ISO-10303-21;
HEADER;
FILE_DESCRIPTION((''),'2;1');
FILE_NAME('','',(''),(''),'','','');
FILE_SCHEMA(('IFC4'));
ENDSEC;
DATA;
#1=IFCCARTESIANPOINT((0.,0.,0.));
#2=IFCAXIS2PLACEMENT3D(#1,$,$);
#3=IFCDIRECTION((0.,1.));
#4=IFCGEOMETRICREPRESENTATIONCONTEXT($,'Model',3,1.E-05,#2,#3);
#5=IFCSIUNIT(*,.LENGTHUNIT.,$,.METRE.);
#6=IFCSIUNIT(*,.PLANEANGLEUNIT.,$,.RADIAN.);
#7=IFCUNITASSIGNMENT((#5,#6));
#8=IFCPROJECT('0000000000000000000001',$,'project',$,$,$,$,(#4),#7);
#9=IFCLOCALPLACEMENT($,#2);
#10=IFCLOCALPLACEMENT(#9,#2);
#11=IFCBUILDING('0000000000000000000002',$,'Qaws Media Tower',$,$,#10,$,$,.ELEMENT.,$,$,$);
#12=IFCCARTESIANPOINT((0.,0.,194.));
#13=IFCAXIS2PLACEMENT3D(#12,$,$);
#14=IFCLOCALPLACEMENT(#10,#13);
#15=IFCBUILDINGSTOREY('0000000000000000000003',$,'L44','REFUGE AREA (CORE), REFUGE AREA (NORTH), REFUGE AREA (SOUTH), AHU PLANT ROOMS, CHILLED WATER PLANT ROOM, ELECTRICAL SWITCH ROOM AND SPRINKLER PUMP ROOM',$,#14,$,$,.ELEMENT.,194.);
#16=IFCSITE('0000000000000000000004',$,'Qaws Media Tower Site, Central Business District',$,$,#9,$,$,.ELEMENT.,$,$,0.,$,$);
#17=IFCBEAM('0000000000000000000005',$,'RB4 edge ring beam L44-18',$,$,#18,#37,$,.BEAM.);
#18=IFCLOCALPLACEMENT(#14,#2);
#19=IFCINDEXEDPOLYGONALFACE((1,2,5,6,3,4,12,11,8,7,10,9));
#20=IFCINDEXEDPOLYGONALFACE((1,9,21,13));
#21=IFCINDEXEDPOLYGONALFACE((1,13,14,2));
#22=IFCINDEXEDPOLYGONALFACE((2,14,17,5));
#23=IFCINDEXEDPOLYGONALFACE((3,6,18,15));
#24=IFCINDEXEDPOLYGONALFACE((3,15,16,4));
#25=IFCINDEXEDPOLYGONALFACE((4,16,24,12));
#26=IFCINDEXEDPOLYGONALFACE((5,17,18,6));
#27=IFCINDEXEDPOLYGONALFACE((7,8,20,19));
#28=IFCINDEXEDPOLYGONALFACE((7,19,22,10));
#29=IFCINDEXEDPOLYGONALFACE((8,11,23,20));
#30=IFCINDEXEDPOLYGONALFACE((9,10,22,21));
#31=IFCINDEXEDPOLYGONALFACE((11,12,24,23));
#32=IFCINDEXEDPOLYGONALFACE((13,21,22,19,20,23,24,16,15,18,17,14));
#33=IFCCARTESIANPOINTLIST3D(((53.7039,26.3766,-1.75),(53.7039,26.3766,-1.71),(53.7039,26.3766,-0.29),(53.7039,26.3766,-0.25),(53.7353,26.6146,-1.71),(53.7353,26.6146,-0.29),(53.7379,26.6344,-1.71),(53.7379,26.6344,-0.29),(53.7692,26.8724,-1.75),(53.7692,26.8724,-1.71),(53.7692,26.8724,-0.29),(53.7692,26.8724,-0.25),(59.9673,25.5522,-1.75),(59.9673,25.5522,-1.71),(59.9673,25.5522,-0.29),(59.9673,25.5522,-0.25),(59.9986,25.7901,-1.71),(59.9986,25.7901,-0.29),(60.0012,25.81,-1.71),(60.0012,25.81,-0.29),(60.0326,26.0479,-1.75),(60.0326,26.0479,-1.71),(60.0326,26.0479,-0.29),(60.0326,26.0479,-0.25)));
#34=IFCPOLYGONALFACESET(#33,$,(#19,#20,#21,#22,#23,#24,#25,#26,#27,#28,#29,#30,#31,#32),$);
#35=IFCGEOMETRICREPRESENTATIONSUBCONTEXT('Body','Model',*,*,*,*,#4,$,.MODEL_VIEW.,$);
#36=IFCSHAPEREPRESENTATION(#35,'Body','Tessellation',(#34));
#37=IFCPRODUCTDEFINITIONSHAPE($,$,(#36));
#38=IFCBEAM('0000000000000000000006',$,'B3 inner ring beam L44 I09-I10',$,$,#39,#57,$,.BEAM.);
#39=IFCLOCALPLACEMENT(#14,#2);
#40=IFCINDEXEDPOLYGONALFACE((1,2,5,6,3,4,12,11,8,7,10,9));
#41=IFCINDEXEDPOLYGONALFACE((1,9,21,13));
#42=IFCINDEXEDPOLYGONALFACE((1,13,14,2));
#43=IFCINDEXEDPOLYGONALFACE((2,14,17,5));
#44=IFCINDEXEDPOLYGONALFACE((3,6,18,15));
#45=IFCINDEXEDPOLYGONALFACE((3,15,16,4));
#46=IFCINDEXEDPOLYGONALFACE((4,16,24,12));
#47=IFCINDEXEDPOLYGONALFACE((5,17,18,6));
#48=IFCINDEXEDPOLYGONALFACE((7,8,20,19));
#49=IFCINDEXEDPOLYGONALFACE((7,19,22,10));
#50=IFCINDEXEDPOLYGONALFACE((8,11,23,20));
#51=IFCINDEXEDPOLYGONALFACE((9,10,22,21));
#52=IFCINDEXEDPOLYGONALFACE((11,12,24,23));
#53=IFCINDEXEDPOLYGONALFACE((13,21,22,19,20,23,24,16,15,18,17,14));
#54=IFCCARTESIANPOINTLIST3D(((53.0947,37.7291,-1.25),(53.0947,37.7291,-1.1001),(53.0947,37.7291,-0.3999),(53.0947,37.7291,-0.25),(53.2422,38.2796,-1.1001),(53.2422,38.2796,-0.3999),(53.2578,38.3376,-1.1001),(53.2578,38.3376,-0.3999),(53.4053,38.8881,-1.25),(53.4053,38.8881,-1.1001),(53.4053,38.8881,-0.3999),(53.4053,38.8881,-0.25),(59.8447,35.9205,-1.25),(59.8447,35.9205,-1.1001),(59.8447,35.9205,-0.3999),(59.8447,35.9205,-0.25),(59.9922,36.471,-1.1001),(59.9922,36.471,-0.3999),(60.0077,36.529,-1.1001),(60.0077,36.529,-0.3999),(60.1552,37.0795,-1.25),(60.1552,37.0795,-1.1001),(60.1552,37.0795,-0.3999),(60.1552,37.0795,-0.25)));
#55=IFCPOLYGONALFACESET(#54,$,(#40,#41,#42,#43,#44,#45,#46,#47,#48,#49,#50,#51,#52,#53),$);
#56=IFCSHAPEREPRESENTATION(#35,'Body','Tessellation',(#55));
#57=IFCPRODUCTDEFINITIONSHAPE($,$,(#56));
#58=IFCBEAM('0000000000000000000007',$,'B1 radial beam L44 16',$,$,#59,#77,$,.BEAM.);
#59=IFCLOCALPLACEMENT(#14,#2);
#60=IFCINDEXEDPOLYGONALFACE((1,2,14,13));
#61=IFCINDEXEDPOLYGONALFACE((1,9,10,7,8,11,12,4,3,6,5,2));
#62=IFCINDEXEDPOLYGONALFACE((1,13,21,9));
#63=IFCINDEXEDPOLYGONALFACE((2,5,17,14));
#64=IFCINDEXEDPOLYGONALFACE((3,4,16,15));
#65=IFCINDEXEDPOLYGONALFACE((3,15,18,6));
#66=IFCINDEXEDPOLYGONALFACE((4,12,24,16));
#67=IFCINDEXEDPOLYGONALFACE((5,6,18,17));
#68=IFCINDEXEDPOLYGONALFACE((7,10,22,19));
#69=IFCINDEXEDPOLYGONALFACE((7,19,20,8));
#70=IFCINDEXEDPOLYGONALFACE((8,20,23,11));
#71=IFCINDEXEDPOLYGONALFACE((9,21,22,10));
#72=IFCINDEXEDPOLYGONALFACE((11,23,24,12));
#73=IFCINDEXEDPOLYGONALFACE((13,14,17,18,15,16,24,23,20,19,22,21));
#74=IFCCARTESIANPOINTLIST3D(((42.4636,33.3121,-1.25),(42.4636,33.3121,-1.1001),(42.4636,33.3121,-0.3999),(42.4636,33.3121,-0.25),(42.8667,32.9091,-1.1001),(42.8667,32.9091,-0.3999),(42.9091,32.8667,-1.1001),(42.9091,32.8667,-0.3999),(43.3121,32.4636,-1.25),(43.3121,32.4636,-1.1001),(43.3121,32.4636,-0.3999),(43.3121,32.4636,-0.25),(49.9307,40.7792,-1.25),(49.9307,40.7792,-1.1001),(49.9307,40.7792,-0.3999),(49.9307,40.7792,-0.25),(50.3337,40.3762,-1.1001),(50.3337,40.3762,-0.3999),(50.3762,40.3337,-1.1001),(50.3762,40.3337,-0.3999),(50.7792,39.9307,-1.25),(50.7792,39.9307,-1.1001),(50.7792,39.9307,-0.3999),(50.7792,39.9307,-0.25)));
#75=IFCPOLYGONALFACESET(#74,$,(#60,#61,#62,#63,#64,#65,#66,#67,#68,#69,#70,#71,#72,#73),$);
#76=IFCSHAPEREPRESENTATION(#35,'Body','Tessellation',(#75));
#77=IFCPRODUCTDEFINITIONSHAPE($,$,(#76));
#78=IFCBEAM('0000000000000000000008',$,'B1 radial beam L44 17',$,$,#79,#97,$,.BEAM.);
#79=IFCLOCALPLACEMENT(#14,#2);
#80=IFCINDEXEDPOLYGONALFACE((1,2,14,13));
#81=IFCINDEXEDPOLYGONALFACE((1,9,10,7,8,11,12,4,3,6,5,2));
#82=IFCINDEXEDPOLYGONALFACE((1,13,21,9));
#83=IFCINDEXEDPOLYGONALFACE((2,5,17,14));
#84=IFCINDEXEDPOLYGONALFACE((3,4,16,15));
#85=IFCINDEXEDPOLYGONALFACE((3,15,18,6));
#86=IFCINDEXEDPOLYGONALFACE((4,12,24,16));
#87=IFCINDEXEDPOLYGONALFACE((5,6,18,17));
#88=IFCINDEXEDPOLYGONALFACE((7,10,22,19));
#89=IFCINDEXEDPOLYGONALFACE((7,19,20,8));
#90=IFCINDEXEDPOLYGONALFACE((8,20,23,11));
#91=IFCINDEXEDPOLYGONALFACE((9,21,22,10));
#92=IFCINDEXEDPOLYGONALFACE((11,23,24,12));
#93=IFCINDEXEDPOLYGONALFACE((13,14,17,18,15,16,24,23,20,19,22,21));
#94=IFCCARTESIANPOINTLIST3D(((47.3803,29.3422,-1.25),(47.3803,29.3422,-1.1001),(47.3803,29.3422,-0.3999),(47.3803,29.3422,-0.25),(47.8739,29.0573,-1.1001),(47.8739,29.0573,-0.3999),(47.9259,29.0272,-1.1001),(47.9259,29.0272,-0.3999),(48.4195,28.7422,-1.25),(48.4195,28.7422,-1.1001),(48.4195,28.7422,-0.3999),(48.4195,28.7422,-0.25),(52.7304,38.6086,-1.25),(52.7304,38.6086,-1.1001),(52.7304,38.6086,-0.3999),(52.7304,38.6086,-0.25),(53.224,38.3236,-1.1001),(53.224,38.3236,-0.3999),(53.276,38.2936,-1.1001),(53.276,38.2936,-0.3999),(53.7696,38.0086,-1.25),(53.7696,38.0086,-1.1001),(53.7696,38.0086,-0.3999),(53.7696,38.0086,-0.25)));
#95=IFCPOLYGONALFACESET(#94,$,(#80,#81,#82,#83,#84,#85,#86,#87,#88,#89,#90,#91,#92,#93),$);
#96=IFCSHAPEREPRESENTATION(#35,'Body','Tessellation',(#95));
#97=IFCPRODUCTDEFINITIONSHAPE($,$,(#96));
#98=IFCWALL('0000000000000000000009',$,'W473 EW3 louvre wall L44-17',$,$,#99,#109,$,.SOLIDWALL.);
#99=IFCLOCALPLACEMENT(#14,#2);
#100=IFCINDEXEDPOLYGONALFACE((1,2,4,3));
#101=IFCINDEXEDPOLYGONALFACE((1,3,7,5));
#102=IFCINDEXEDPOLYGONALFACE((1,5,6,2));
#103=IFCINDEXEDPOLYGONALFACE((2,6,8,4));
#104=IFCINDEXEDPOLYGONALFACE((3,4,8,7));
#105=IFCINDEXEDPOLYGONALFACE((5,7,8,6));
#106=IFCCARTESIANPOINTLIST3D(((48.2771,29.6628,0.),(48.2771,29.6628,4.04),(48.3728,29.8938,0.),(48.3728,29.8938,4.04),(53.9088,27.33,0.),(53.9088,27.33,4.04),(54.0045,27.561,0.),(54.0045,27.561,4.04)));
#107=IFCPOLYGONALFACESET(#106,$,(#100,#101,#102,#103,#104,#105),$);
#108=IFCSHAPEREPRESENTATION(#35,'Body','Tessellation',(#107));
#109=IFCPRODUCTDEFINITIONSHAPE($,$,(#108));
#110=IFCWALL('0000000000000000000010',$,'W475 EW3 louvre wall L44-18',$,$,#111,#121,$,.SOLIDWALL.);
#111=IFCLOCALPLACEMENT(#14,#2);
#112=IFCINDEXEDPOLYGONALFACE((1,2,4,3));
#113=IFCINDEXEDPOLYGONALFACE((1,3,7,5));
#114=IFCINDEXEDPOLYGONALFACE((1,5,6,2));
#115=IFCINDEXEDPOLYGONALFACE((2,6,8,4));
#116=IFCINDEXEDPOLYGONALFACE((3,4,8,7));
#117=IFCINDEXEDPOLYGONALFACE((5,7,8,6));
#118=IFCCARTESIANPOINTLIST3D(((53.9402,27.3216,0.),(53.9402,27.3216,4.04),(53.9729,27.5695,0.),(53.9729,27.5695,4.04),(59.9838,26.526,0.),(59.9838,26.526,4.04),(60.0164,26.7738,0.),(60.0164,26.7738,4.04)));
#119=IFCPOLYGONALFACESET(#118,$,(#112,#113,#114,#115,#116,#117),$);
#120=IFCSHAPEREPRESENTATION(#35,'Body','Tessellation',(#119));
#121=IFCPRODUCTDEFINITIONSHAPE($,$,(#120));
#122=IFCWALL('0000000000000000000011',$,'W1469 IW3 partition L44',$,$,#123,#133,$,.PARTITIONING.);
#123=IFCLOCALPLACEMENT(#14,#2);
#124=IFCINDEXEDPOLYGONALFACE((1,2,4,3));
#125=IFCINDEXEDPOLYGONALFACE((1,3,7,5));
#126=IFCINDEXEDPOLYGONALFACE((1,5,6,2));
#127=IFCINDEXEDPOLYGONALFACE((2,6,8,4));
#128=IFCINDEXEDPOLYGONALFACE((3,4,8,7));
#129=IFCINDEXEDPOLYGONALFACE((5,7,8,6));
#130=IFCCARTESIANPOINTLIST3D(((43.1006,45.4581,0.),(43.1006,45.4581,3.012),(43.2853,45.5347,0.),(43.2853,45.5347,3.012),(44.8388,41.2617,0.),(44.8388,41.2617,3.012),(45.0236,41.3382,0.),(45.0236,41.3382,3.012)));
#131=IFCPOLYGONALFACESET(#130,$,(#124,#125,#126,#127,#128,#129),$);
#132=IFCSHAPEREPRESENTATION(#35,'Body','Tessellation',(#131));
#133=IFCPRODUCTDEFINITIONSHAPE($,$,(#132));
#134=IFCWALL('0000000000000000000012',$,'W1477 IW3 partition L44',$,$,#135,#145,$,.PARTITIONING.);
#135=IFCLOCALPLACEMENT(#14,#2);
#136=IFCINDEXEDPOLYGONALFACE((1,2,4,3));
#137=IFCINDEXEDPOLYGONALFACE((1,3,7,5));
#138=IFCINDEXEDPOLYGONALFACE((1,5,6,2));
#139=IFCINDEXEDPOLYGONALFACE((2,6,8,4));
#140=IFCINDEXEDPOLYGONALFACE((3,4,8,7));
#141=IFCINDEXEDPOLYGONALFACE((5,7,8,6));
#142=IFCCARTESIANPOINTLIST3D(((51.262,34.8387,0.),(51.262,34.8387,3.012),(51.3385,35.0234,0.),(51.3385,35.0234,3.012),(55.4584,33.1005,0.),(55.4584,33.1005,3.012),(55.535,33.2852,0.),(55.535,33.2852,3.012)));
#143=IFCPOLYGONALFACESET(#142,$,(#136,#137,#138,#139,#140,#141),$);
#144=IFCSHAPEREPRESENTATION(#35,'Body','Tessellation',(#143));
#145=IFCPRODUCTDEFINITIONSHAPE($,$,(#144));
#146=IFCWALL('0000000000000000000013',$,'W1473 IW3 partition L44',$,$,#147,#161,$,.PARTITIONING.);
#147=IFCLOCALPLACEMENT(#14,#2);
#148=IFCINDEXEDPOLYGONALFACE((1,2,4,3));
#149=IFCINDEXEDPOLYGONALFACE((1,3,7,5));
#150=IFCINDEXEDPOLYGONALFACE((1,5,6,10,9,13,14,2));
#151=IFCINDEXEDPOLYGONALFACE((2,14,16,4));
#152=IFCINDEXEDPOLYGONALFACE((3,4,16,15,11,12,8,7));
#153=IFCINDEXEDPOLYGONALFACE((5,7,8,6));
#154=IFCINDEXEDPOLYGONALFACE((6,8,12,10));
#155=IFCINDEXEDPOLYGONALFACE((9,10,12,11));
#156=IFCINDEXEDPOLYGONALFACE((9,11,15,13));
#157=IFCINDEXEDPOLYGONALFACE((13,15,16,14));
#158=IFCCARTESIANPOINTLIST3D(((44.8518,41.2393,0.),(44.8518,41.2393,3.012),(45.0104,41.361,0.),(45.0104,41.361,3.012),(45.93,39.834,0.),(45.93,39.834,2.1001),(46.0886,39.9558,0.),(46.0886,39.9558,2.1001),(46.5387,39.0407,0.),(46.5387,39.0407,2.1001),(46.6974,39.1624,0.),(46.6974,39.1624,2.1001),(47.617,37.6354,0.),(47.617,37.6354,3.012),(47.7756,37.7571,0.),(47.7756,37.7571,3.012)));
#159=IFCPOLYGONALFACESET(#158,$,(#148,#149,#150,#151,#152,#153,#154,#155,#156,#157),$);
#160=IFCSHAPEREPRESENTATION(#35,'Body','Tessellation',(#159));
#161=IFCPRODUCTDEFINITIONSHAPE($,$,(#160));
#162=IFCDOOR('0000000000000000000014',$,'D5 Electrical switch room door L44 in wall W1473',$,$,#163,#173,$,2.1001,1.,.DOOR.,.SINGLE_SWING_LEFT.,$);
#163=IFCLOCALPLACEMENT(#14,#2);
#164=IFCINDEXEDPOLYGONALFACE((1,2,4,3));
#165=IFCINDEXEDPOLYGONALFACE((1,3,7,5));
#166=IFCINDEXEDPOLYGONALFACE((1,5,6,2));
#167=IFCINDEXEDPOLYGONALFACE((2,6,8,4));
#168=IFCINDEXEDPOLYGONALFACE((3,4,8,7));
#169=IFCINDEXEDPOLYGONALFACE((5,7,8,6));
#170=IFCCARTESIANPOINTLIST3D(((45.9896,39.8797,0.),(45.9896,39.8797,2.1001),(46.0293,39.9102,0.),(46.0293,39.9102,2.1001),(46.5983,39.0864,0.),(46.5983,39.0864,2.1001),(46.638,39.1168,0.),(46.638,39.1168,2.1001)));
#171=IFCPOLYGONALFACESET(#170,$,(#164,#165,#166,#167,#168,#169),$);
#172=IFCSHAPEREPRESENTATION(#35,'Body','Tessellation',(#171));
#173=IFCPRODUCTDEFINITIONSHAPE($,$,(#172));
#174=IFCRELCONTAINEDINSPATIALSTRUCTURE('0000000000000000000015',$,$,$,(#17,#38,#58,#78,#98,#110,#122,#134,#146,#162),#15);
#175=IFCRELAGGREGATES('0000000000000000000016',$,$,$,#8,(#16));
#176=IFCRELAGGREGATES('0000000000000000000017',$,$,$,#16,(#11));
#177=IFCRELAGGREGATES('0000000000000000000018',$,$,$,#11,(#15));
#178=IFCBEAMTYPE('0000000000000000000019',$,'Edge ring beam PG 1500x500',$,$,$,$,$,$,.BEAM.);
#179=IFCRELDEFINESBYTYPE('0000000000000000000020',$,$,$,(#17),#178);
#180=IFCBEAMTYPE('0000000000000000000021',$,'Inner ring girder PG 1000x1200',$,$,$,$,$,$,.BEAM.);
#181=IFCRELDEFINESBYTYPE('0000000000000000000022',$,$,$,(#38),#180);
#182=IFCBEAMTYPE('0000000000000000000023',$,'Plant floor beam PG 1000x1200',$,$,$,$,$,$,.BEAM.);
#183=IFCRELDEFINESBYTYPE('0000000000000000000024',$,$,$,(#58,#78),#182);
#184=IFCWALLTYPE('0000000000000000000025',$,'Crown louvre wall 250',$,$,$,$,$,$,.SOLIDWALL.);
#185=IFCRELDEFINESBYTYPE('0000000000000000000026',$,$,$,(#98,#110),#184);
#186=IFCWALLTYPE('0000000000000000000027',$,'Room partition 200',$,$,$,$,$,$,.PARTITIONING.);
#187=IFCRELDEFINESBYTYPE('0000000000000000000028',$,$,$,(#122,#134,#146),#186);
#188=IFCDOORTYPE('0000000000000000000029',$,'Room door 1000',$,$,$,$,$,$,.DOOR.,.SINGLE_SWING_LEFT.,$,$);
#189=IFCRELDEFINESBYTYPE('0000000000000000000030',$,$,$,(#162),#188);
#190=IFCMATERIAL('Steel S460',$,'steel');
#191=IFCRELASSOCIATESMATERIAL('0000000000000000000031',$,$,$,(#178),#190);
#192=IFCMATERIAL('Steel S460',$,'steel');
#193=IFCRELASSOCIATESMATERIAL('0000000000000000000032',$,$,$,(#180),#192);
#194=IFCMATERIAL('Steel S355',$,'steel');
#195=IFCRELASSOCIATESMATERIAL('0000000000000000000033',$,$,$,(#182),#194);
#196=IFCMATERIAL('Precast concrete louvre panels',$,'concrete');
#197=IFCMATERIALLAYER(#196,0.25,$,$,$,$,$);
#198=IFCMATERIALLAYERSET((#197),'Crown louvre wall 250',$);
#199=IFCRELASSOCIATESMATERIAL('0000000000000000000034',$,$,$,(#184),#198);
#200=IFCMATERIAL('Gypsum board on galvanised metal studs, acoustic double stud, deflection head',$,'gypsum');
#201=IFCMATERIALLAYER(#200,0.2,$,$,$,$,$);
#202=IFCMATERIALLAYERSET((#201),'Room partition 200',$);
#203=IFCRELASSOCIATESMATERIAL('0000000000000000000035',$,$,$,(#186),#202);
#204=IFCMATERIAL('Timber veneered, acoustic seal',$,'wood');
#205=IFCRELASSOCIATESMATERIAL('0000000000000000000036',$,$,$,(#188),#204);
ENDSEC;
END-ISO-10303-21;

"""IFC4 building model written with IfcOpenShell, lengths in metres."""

from ifc_helpers import new_model, si_unit, direction, frame, frame_2d, origin, origin_2d, place, context, subcontext, project, spatial, rectangle, i_section, extrude, material, layer, layer_set, material_profile, profile_set, type_object, element, fill, save


model = new_model("IFC4")

# Units and contexts
model_context = context("Model", 3, precision=1e-05, world=origin(), true_north=direction((0.0, 1.0)))
body_context = subcontext(model_context, "Body", "Model", "MODEL_VIEW")
ifc_project = project(units=[si_unit("LENGTHUNIT", "METRE"), si_unit("PLANEANGLEUNIT", "RADIAN")], contexts=[model_context])

# Site, building, storey
site_placement = place(None, origin())
site = spatial("IfcSite", under=ifc_project, at=site_placement, Name="Qaws Media Tower Site, Central Business District", CompositionType="ELEMENT", RefElevation=0.0)
building_placement = place(site_placement, origin())
building = spatial("IfcBuilding", under=site, at=building_placement, Name="Qaws Media Tower", CompositionType="ELEMENT")
storey_placement = place(building_placement, frame((0.0, 0.0, 194.0)))
storey = spatial("IfcBuildingStorey", under=building, at=storey_placement, Name="L44", Description="REFUGE AREA (CORE), REFUGE AREA (NORTH), REFUGE AREA (SOUTH), AHU PLANT ROOMS, CHILLED WATER PLANT ROOM, ELECTRICAL SWITCH ROOM AND SPRINKLER PUMP ROOM", CompositionType="ELEMENT", Elevation=194.0)

# Beams
ifc_material_1 = material(Name="Steel S460", Category="steel")
ifc_material_profile_1 = material_profile(ifc_material_1, i_section(OverallWidth=0.5, OverallDepth=1.5, WebThickness=0.02, FlangeThickness=0.04, at=origin_2d()), Name="PG 1500x500")
ifc_profile_set_1 = profile_set([ifc_material_profile_1], Name="Steel S460")
beam_type_1 = type_object("IfcBeamType", Name="Edge ring beam PG 1500x500", PredefinedType="BEAM", material=ifc_profile_set_1)
beam_1_placement = place(storey_placement, frame((53.7366, 26.6245, -1.0), z_axis=(0.991448, -0.130505, 0.0), x_axis=(0.130505, 0.991448, 0.0)))
element("IfcBeam", 1, at=beam_1_placement, inside=storey, type_object=beam_type_1, Name="RB4 edge ring beam L44-18", PredefinedType="BEAM", context=body_context, shape_type="SweptSolid", body=[
    extrude(i_section(OverallWidth=0.5, OverallDepth=1.5, WebThickness=0.02, FlangeThickness=0.04, at=origin_2d()), origin(), (0.0, 0.0, 1.0), 6.3174),
])
ifc_material_2 = material(Name="Steel S460", Category="steel")
ifc_material_profile_2 = material_profile(ifc_material_2, i_section(OverallWidth=1.2, OverallDepth=1.0, WebThickness=0.0601, FlangeThickness=0.1499, at=origin_2d()), Name="PG 1000x1200")
ifc_profile_set_2 = profile_set([ifc_material_profile_2], Name="Steel S460")
beam_type_2 = type_object("IfcBeamType", Name="Inner ring girder PG 1000x1200", PredefinedType="BEAM", material=ifc_profile_set_2)
beam_2_placement = place(storey_placement, frame((53.25, 38.3086, -0.75), z_axis=(0.965928, -0.258811, 0.0), x_axis=(0.258811, 0.965928, 0.0)))
element("IfcBeam", 2, at=beam_2_placement, inside=storey, type_object=beam_type_2, Name="B3 inner ring beam L44 I09-I10", PredefinedType="BEAM", context=body_context, shape_type="SweptSolid", body=[
    extrude(i_section(OverallWidth=1.2, OverallDepth=1.0, WebThickness=0.0601, FlangeThickness=0.1499, at=origin_2d()), origin(), (0.0, 0.0, 1.0), 6.988),
])
ifc_material_3 = material(Name="Steel S355", Category="steel")
ifc_material_profile_3 = material_profile(ifc_material_3, i_section(OverallWidth=1.2, OverallDepth=1.0, WebThickness=0.0601, FlangeThickness=0.1499, at=origin_2d()), Name="PG 1000x1200")
ifc_profile_set_3 = profile_set([ifc_material_profile_3], Name="Steel S355")
beam_type_3 = type_object("IfcBeamType", Name="Plant floor beam PG 1000x1200", PredefinedType="BEAM", material=ifc_profile_set_3)
beam_3_placement = place(storey_placement, frame((50.355, 40.355, -0.75), z_axis=(-0.707107, -0.707107, 0.0), x_axis=(0.707107, -0.707107, 0.0)))
element("IfcBeam", 3, at=beam_3_placement, inside=storey, type_object=beam_type_3, Name="B1 radial beam L44 16", PredefinedType="BEAM", context=body_context, shape_type="SweptSolid", body=[
    extrude(i_section(OverallWidth=1.2, OverallDepth=1.0, WebThickness=0.0601, FlangeThickness=0.1499, at=origin_2d()), origin(), (0.0, 0.0, 1.0), 10.5601),
])
beam_4_placement = place(storey_placement, frame((53.25, 38.3086, -0.75), z_axis=(-0.500011, -0.866019, 0.0), x_axis=(0.866019, -0.500011, 0.0)))
element("IfcBeam", 4, at=beam_4_placement, inside=storey, type_object=beam_type_3, Name="B1 radial beam L44 17", PredefinedType="BEAM", context=body_context, shape_type="SweptSolid", body=[
    extrude(i_section(OverallWidth=1.2, OverallDepth=1.0, WebThickness=0.0601, FlangeThickness=0.1499, at=origin_2d()), origin(), (0.0, 0.0, 1.0), 10.7),
])

# Walls
ifc_material_4 = material(Name="Precast concrete louvre panels", Category="concrete")
ifc_layer_1 = layer(ifc_material_4, 0.25)
ifc_layer_set_1 = layer_set([ifc_layer_1], Name="Crown louvre wall 250")
wall_type_1 = type_object("IfcWallType", Name="Crown louvre wall 250", PredefinedType="SOLIDWALL", material=ifc_layer_set_1)
for number, where, z_axis, x_axis, name in (
    (5, (48.325, 29.7783, 0.0), (0.0, 0.0, 1.0), (0.923875, -0.382695, 0.0), "W473 EW3 louvre wall L44-17"),
    (6, (53.9565, 27.4456, 0.0), (0.0, 0.0, 1.0), (0.991444, -0.130529, 0.0), "W475 EW3 louvre wall L44-18"),
):
    element("IfcWall", number, at=place(storey_placement, frame(where, z_axis=z_axis, x_axis=x_axis)), inside=storey, type_object=wall_type_1, Name=name, PredefinedType="SOLIDWALL", context=body_context, shape_type="SweptSolid", body=[
        extrude(rectangle(XDim=6.0957, YDim=0.25, at=frame_2d((3.0479, 0.0))), origin(), (0.0, 0.0, 1.0), 4.04),
    ])
ifc_material_5 = material(Name="Gypsum board on galvanised metal studs, acoustic double stud, deflection head", Category="gypsum")
ifc_layer_2 = layer(ifc_material_5, 0.2)
ifc_layer_set_2 = layer_set([ifc_layer_2], Name="Room partition 200")
wall_type_2 = type_object("IfcWallType", Name="Room partition 200", PredefinedType="PARTITIONING", material=ifc_layer_set_2)
for number, where, z_axis, x_axis, name in (
    (7, (44.9312, 41.3, 0.0), (0.0, 0.0, 1.0), (-0.382687, 0.923878, 0.0), "W1469 IW3 partition L44"),
    (8, (55.4966, 33.1929, 0.0), (0.0, 0.0, 1.0), (-0.923878, 0.382687, 0.0), "W1477 IW3 partition L44"),
):
    element("IfcWall", number, at=place(storey_placement, frame(where, z_axis=z_axis, x_axis=x_axis)), inside=storey, type_object=wall_type_2, Name=name, PredefinedType="PARTITIONING", context=body_context, shape_type="SweptSolid", body=[
        extrude(rectangle(XDim=4.5422, YDim=0.2, at=frame_2d((2.271, 0.0))), origin(), (0.0, 0.0, 1.0), 3.012),
    ])

# Wall, opening, door
wall_1_placement = place(storey_placement, frame((47.6963, 37.6963, 0.0), z_axis=(0.0, 0.0, 1.0), x_axis=(-0.608744, 0.793367, 0.0)))
wall_1 = element("IfcWall", 9, at=wall_1_placement, inside=storey, type_object=wall_type_2, Name="W1473 IW3 partition L44", PredefinedType="PARTITIONING", context=body_context, shape_type="SweptSolid", body=[
    extrude(rectangle(XDim=4.5425, YDim=0.2, at=frame_2d((2.2712, 0.0))), origin(), (0.0, 0.0, 1.0), 3.012),
])
opening_1_placement = place(wall_1_placement, frame((1.7712, 0.0, 0.0)))
opening_1 = element("IfcOpeningElement", 10, at=opening_1_placement, cuts=wall_1, PredefinedType="OPENING", context=body_context, shape_type="SweptSolid", body=[
    extrude(rectangle(XDim=1.0, YDim=2.1001, at=frame_2d((0.5, 1.05))), frame((0.0, 0.1099, 0.0), z_axis=(0.0, -1.0, 0.0), x_axis=(1.0, 0.0, 0.0)), (0.0, 0.0, 1.0), 0.22),
])
ifc_material_6 = material(Name="Timber veneered, acoustic seal", Category="wood")
door_type_1 = type_object("IfcDoorType", Name="Room door 1000", OperationType="SINGLE_SWING_LEFT", PredefinedType="DOOR", material=ifc_material_6)
door_1_placement = place(opening_1_placement, origin())
door_1 = element("IfcDoor", 11, at=door_1_placement, inside=storey, type_object=door_type_1, Name="D5 Electrical switch room door L44 in wall W1473", OperationType="SINGLE_SWING_LEFT", OverallHeight=2.1001, OverallWidth=1.0, PredefinedType="DOOR", context=body_context, shape_type="SweptSolid", body=[
    extrude(rectangle(XDim=1.0, YDim=2.1001, at=frame_2d((0.5, 1.05))), frame((0.0, 0.0249, 0.0), z_axis=(0.0, -1.0, 0.0), x_axis=(1.0, 0.0, 0.0)), (0.0, 0.0, 1.0), 0.05),
])
fill(opening_1, door_1)

save(model, "model.ifc")
